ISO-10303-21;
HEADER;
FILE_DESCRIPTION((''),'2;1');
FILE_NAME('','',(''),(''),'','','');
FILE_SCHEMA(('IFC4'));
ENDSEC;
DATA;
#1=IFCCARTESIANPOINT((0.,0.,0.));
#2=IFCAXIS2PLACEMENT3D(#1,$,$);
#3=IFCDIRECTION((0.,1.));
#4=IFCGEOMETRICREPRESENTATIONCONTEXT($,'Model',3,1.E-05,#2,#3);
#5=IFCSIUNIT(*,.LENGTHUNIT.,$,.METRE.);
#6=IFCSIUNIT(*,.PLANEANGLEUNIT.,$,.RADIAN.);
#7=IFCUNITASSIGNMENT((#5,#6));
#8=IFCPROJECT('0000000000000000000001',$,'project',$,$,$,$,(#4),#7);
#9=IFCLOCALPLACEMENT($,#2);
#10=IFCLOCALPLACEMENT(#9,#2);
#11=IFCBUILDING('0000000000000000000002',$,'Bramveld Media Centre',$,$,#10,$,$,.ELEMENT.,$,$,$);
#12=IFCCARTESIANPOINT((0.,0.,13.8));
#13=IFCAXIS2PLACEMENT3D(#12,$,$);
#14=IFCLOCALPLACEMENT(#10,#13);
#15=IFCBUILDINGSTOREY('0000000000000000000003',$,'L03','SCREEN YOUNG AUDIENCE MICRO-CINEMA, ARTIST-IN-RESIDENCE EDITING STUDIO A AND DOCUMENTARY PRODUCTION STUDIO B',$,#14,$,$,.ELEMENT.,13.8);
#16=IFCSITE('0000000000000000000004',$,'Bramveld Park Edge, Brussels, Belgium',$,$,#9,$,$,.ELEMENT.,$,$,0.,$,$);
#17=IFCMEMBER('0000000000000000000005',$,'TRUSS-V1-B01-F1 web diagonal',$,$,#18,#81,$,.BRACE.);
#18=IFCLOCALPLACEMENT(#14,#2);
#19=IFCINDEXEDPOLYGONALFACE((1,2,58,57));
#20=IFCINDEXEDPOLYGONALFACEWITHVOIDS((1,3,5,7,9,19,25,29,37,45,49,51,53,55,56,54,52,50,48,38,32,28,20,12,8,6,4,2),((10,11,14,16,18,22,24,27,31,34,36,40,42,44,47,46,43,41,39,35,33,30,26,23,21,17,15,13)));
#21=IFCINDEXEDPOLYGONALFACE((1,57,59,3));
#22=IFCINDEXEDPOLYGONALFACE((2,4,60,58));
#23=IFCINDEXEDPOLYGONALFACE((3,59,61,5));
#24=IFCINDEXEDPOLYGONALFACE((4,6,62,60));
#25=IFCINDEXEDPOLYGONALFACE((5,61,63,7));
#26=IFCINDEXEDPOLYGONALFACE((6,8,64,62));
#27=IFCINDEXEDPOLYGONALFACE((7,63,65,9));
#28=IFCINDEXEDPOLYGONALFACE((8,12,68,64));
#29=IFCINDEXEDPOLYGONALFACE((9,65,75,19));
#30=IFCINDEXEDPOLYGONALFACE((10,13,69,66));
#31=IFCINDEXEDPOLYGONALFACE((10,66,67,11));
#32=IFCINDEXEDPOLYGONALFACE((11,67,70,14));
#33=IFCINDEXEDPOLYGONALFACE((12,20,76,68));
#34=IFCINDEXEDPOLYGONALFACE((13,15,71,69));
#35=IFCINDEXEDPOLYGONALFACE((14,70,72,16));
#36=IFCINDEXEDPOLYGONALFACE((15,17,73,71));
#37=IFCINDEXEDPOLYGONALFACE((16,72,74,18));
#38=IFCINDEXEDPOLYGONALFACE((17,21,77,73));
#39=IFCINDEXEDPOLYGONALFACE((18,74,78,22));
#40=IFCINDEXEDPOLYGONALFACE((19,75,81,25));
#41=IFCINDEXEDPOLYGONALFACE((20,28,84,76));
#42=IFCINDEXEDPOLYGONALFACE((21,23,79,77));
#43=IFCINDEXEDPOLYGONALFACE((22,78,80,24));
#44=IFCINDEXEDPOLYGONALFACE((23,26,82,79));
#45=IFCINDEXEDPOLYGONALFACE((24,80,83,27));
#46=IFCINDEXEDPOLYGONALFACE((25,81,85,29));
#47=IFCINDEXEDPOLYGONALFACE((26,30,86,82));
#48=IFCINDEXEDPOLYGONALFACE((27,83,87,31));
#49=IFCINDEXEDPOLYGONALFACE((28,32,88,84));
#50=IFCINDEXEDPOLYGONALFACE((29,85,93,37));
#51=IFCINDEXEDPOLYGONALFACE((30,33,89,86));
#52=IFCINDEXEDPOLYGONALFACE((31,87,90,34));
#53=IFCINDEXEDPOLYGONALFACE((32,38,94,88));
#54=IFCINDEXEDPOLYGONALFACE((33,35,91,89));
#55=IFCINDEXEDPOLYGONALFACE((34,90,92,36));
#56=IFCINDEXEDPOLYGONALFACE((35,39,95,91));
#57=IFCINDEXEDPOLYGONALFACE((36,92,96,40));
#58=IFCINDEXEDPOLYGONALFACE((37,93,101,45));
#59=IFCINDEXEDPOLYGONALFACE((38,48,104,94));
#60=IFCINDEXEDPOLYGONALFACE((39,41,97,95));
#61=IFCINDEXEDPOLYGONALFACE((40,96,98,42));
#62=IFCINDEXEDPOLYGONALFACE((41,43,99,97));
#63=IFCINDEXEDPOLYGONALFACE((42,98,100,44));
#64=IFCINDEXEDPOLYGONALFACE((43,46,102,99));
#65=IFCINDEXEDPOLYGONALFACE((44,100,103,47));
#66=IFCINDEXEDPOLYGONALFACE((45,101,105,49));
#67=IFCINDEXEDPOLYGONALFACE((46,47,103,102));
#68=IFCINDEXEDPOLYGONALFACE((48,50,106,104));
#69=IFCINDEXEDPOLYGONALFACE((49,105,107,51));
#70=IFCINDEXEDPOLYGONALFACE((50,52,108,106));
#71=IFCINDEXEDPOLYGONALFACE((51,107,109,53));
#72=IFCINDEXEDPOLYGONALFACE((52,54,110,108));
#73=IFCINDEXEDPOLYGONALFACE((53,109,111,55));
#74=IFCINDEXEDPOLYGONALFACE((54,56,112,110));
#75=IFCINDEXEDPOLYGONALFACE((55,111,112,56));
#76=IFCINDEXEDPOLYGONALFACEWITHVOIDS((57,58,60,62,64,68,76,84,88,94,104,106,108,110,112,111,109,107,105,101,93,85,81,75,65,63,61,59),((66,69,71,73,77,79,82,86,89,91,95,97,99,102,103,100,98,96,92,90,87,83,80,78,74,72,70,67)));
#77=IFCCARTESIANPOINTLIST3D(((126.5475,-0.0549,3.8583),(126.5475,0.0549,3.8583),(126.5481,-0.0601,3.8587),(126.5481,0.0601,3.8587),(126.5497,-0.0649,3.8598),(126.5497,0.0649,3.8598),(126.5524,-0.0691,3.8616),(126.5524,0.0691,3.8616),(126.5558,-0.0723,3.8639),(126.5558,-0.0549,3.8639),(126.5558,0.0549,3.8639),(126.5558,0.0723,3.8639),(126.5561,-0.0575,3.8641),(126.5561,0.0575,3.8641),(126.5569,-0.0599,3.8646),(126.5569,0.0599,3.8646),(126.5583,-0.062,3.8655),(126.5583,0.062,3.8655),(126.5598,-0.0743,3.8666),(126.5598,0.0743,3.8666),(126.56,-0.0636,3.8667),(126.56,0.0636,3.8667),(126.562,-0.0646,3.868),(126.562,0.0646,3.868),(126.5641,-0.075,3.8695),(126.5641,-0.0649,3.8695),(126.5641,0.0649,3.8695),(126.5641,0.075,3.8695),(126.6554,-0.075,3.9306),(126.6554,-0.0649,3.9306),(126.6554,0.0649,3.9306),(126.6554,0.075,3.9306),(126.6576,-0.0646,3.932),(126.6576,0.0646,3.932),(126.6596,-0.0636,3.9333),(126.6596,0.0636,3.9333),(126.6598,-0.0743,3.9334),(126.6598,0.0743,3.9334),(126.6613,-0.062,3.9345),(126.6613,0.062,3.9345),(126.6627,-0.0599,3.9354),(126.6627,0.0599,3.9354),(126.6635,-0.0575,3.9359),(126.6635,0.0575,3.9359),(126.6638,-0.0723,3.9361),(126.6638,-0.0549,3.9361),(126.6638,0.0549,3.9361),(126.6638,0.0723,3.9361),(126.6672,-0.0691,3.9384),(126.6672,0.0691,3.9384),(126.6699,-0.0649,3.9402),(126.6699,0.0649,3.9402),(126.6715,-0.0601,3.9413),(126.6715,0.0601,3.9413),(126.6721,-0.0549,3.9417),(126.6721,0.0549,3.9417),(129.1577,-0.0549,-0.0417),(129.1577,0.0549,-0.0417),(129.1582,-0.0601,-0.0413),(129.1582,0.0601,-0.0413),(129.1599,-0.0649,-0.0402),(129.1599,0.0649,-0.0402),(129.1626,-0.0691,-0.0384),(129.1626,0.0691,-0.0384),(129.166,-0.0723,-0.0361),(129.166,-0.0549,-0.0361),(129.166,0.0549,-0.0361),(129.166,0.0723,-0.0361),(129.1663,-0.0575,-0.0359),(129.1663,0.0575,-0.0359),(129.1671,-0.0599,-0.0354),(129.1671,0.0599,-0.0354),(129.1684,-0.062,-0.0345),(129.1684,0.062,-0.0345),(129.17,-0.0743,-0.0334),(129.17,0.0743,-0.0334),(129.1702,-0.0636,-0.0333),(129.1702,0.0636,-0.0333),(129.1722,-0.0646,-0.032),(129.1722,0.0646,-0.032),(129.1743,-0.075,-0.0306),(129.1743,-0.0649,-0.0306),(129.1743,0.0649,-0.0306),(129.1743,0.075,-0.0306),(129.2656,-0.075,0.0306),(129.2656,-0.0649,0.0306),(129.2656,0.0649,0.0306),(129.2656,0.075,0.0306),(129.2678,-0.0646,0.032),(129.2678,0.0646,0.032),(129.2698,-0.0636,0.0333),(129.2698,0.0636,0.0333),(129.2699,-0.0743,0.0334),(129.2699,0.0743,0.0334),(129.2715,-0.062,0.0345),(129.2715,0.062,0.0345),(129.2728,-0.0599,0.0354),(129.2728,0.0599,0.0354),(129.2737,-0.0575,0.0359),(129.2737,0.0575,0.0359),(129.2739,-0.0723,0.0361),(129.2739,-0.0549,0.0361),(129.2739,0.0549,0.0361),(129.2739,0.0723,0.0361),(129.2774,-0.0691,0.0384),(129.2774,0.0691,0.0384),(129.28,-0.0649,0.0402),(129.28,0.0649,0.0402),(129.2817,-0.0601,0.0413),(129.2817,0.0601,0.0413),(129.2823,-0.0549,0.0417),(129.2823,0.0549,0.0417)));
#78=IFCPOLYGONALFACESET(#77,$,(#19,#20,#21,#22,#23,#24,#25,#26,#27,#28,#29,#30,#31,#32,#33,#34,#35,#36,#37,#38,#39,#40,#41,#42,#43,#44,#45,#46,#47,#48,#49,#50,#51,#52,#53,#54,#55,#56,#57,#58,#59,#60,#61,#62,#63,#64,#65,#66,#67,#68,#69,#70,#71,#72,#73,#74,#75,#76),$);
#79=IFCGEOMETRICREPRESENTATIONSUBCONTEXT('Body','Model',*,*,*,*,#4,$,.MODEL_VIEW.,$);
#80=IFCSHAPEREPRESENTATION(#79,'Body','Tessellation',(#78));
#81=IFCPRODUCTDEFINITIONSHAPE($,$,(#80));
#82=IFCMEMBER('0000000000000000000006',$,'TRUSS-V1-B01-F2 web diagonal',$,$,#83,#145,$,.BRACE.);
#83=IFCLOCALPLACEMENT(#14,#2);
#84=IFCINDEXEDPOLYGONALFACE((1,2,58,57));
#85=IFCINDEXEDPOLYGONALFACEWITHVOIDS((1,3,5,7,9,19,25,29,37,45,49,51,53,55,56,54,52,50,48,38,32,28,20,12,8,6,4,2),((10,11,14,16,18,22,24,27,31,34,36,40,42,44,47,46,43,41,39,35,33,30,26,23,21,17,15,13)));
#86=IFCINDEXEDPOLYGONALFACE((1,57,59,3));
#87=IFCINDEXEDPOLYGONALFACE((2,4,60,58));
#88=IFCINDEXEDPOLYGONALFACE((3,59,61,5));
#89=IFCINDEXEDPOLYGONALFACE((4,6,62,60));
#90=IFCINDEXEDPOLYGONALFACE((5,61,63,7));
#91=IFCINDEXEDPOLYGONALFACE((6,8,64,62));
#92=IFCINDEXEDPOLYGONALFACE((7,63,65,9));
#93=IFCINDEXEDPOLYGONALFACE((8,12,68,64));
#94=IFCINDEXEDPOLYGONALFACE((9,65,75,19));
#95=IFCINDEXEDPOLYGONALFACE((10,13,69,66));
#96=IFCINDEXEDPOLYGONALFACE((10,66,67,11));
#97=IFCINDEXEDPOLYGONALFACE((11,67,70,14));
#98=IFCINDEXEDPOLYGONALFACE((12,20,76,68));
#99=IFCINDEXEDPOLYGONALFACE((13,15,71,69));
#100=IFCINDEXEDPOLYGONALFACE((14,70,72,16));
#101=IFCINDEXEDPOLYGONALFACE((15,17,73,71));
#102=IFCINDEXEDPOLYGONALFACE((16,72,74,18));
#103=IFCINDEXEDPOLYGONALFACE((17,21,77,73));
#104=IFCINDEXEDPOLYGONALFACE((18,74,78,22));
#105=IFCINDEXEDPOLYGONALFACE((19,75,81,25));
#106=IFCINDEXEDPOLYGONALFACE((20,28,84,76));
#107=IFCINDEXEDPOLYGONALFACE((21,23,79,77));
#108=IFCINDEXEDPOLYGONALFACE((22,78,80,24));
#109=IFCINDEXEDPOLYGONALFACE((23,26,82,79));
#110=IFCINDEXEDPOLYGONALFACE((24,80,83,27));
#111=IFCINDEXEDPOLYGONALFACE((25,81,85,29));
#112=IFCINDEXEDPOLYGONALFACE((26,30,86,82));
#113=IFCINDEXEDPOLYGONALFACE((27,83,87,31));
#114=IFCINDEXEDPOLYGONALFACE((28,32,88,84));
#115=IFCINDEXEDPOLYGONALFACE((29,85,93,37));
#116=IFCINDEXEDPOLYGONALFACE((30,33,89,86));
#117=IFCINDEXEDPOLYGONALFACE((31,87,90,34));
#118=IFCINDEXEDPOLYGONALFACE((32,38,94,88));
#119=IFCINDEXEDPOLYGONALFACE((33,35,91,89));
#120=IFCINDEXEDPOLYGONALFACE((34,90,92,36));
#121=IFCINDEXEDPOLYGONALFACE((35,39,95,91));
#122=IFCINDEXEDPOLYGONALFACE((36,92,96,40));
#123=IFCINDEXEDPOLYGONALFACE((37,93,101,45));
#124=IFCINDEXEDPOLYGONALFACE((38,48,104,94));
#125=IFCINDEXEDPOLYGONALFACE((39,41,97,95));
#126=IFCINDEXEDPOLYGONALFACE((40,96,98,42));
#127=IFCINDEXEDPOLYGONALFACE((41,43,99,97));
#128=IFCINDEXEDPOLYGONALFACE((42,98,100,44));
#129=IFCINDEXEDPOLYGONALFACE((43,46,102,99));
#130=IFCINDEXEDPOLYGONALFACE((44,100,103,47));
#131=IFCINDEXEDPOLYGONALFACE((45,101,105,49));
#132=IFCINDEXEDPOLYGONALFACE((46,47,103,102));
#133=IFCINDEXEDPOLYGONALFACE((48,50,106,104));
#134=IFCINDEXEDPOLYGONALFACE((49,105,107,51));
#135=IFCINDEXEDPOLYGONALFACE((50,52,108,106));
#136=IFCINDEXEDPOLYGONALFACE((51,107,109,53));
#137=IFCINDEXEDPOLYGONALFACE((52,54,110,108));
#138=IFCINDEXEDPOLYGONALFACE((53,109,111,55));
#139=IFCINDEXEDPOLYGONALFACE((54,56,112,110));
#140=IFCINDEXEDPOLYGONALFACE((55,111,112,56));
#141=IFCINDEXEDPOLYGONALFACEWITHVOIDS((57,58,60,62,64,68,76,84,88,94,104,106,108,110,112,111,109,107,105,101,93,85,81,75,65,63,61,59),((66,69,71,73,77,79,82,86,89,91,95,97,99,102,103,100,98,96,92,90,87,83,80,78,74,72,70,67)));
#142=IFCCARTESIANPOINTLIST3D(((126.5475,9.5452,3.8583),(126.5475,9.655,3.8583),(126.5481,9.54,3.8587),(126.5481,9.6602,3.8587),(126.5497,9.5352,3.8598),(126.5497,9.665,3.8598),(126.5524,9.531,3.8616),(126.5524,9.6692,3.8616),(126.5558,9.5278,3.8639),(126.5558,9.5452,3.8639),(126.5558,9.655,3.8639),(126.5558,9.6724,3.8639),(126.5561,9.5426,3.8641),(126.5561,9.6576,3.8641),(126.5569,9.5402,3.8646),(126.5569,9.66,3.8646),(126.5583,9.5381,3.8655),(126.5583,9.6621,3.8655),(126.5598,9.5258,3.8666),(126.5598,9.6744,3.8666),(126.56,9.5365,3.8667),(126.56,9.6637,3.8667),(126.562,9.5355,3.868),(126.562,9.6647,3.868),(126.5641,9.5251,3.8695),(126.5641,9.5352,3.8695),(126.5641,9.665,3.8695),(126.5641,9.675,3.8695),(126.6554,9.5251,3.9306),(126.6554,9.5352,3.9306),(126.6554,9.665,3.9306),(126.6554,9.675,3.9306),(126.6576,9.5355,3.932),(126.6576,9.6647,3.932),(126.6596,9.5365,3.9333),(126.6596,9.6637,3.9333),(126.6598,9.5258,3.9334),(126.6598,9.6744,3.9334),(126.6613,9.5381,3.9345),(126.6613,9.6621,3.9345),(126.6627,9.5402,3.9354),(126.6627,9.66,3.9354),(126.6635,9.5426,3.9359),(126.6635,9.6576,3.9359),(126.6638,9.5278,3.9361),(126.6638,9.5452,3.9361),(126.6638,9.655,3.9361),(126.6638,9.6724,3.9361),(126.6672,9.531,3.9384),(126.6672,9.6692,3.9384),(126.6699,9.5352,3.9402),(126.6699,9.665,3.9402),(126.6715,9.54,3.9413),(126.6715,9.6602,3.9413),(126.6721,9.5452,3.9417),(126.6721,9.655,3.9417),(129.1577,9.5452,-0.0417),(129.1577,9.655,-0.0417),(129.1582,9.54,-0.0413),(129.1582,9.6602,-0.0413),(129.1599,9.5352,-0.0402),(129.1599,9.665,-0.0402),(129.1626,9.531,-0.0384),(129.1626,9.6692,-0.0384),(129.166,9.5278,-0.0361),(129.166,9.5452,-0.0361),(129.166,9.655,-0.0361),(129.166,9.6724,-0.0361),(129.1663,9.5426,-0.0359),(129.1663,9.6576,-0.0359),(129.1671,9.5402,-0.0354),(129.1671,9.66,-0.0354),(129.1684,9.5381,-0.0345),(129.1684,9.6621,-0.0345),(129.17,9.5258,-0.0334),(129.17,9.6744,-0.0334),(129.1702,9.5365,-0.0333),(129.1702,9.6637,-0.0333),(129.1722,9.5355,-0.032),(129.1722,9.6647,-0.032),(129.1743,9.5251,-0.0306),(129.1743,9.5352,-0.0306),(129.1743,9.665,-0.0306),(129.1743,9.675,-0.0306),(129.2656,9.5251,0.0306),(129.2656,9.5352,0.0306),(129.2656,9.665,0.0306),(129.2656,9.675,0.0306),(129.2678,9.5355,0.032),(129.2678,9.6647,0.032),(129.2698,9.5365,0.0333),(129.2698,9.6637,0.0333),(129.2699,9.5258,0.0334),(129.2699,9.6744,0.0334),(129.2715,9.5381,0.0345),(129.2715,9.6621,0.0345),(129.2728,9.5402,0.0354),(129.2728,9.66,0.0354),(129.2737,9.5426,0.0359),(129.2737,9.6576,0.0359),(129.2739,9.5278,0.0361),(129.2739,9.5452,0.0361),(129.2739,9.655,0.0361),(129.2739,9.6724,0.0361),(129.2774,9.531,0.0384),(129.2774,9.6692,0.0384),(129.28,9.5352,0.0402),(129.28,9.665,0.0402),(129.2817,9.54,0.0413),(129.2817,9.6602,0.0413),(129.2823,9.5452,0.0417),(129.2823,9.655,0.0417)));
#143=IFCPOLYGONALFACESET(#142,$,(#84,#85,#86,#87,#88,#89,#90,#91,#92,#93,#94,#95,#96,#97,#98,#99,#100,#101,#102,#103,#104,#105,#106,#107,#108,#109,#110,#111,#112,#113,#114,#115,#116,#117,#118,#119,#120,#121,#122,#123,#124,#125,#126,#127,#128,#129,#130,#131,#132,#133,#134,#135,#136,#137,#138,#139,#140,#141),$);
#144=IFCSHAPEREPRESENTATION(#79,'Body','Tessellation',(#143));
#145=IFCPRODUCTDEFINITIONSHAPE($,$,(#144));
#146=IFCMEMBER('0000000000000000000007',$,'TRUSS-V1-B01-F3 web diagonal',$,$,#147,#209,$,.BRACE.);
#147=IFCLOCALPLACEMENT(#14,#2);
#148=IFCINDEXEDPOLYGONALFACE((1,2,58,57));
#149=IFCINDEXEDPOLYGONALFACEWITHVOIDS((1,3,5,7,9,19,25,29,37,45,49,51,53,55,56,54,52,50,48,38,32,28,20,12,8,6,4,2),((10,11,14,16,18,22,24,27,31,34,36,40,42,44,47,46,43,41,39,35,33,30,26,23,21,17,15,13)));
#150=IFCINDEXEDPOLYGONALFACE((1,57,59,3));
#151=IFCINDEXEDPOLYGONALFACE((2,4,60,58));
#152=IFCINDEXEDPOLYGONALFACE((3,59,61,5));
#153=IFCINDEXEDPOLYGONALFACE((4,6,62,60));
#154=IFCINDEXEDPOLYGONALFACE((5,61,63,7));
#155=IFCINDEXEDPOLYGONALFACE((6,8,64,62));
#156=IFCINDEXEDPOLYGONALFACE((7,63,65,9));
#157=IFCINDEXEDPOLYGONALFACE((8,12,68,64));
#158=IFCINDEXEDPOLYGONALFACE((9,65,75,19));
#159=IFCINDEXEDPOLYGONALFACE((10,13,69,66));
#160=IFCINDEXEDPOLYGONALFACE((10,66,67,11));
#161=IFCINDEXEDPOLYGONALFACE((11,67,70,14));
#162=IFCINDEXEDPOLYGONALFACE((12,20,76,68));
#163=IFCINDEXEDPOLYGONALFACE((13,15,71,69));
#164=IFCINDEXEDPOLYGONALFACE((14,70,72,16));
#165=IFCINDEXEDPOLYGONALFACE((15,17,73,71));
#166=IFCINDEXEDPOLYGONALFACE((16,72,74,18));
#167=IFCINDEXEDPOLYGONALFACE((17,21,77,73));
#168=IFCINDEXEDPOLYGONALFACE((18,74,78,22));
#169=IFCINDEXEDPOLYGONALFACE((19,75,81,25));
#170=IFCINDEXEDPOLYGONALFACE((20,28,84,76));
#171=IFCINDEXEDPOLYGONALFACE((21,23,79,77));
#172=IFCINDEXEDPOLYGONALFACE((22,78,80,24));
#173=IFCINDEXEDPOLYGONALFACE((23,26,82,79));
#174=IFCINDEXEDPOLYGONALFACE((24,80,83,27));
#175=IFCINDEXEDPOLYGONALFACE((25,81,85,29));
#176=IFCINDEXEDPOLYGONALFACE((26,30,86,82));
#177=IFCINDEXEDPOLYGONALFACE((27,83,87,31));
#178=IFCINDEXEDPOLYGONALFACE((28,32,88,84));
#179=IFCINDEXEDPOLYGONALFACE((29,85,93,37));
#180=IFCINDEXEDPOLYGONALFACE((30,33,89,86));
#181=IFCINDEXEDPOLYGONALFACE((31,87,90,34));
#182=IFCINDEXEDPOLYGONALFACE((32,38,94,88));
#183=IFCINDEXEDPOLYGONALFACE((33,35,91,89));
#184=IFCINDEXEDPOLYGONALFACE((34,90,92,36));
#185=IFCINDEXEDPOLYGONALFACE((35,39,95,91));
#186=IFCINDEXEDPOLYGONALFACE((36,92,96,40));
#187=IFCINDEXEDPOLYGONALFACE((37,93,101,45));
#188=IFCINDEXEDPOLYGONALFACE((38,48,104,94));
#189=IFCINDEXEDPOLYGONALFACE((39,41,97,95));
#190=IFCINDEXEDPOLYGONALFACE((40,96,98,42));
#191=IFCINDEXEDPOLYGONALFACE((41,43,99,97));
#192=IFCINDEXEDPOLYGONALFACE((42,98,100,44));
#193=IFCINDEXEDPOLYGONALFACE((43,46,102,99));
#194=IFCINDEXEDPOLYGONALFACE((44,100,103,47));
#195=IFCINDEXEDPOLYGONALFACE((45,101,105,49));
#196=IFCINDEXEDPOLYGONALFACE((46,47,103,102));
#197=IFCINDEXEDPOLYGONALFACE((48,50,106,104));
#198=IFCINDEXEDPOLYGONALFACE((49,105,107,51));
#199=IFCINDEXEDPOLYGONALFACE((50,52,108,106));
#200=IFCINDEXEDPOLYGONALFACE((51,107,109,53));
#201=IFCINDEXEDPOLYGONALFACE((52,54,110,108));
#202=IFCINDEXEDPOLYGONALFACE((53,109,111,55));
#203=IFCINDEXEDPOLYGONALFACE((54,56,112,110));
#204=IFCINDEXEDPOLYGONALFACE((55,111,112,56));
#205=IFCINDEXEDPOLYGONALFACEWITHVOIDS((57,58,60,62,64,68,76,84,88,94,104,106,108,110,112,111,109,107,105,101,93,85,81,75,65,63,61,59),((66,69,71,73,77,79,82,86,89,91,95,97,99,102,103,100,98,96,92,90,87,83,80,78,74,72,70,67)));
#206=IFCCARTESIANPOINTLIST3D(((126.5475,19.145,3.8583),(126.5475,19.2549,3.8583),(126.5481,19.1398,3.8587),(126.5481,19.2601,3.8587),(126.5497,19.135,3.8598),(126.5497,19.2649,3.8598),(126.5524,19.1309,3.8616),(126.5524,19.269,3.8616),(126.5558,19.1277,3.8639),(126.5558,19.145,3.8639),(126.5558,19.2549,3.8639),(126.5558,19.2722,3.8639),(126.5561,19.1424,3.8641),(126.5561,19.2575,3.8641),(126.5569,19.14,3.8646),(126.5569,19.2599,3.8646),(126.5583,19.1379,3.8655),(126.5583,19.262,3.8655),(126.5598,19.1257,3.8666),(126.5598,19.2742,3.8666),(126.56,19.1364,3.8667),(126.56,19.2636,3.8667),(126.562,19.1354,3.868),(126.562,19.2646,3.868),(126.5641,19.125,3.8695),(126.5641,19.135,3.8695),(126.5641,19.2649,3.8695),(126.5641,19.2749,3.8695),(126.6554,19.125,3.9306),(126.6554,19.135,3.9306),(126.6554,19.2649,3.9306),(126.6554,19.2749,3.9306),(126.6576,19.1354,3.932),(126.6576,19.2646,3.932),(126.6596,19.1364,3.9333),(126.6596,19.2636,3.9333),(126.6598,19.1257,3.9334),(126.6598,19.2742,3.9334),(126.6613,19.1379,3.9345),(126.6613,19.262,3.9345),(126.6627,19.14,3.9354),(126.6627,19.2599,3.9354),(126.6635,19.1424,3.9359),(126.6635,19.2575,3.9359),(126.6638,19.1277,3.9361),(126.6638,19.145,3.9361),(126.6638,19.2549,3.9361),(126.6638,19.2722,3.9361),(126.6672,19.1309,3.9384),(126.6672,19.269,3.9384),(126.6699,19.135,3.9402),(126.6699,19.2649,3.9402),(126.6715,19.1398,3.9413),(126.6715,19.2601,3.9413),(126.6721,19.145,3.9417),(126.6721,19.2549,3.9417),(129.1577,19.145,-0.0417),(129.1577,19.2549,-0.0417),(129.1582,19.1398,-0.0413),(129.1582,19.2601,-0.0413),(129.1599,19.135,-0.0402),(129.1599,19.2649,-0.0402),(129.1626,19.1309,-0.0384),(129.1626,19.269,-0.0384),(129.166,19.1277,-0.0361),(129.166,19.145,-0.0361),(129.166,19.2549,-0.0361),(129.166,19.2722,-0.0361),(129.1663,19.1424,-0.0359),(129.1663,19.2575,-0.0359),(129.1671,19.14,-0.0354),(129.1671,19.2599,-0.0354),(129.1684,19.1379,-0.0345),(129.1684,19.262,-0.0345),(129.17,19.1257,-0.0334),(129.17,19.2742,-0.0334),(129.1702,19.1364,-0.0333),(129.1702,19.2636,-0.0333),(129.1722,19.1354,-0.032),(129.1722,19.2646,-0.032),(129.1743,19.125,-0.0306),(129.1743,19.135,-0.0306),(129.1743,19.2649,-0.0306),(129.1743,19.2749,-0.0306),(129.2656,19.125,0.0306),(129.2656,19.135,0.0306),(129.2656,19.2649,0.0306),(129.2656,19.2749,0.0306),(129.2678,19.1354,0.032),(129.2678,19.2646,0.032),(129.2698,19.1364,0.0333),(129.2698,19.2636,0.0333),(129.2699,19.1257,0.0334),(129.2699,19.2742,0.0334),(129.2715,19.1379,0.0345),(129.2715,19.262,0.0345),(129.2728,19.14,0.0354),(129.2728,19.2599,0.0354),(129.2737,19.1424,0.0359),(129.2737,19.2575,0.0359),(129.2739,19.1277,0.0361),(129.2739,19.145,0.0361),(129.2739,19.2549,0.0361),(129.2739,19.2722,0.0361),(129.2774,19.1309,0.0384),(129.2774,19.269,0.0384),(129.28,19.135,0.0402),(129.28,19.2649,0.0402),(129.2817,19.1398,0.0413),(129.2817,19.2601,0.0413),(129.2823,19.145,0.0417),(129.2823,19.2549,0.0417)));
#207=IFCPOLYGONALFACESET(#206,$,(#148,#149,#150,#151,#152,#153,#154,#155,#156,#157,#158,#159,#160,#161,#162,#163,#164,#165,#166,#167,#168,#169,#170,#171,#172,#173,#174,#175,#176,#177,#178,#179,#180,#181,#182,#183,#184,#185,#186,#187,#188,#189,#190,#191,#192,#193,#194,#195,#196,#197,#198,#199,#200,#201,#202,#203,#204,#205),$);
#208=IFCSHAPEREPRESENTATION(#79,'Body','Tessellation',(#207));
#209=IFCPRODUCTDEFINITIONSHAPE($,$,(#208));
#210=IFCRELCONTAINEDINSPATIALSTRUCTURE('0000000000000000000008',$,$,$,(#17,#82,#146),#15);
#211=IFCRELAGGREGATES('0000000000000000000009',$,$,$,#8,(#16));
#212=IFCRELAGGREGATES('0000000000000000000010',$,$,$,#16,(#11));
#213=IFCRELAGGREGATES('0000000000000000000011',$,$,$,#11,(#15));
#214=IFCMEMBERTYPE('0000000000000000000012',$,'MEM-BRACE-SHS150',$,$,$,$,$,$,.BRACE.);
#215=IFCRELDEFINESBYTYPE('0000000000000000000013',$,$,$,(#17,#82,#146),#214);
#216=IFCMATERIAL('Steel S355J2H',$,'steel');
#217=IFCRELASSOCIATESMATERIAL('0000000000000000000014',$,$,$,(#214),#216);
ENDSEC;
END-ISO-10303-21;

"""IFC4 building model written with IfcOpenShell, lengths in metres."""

from ifc_helpers import new_model, si_unit, direction, frame, origin, origin_2d, place, context, subcontext, project, spatial, hollow_rectangle, extrude, material, material_profile, profile_set, type_object, element, save


model = new_model("IFC4")

# Units and contexts
model_context = context("Model", 3, precision=1e-05, world=origin(), true_north=direction((0.0, 1.0)))
body_context = subcontext(model_context, "Body", "Model", "MODEL_VIEW")
ifc_project = project(units=[si_unit("LENGTHUNIT", "METRE"), si_unit("PLANEANGLEUNIT", "RADIAN")], contexts=[model_context])

# Site, building, storey
site_placement = place(None, origin())
site = spatial("IfcSite", under=ifc_project, at=site_placement, Name="Bramveld Park Edge, Brussels, Belgium", CompositionType="ELEMENT", RefElevation=0.0)
building_placement = place(site_placement, origin())
building = spatial("IfcBuilding", under=site, at=building_placement, Name="Bramveld Media Centre", CompositionType="ELEMENT")
storey_placement = place(building_placement, frame((0.0, 0.0, 13.8)))
storey = spatial("IfcBuildingStorey", under=building, at=storey_placement, Name="L03", Description="SCREEN YOUNG AUDIENCE MICRO-CINEMA, ARTIST-IN-RESIDENCE EDITING STUDIO A AND DOCUMENTARY PRODUCTION STUDIO B", CompositionType="ELEMENT", Elevation=13.8)

# Members
ifc_material_1 = material(Name="Steel S355J2H", Category="steel")
ifc_material_profile_1 = material_profile(ifc_material_1, hollow_rectangle(XDim=0.1499, YDim=0.1499, WallThickness=0.01, InnerFilletRadius=0.01, OuterFilletRadius=0.02, at=origin_2d()), Name="SHS 150x150x10")
ifc_profile_set_1 = profile_set([ifc_material_profile_1], Name="Steel S355J2H")
member_type_1 = type_object("IfcMemberType", Name="MEM-BRACE-SHS150", PredefinedType="BRACE", material=ifc_profile_set_1)
for number, where, z_axis, x_axis, name in (
    (1, (129.22, 0.0, 0.0), (-0.5562, 0.0, 0.831048), (0.0, -1.0, 0.0), "TRUSS-V1-B01-F1 web diagonal"),
    (2, (129.22, 9.6001, 0.0), (-0.5562, 0.0, 0.831048), (0.0, -1.0, 0.0), "TRUSS-V1-B01-F2 web diagonal"),
    (3, (129.22, 19.2, 0.0), (-0.5562, 0.0, 0.831048), (0.0, -1.0, 0.0), "TRUSS-V1-B01-F3 web diagonal"),
):
    element("IfcMember", number, at=place(storey_placement, frame(where, z_axis=z_axis, x_axis=x_axis)), inside=storey, type_object=member_type_1, Name=name, PredefinedType="BRACE", context=body_context, shape_type="SweptSolid", body=[
        extrude(hollow_rectangle(XDim=0.1499, YDim=0.1499, WallThickness=0.01, InnerFilletRadius=0.01, OuterFilletRadius=0.02, at=origin_2d()), origin(), (0.0, 0.0, 1.0), 4.6929),
    ])

save(model, "model.ifc")
